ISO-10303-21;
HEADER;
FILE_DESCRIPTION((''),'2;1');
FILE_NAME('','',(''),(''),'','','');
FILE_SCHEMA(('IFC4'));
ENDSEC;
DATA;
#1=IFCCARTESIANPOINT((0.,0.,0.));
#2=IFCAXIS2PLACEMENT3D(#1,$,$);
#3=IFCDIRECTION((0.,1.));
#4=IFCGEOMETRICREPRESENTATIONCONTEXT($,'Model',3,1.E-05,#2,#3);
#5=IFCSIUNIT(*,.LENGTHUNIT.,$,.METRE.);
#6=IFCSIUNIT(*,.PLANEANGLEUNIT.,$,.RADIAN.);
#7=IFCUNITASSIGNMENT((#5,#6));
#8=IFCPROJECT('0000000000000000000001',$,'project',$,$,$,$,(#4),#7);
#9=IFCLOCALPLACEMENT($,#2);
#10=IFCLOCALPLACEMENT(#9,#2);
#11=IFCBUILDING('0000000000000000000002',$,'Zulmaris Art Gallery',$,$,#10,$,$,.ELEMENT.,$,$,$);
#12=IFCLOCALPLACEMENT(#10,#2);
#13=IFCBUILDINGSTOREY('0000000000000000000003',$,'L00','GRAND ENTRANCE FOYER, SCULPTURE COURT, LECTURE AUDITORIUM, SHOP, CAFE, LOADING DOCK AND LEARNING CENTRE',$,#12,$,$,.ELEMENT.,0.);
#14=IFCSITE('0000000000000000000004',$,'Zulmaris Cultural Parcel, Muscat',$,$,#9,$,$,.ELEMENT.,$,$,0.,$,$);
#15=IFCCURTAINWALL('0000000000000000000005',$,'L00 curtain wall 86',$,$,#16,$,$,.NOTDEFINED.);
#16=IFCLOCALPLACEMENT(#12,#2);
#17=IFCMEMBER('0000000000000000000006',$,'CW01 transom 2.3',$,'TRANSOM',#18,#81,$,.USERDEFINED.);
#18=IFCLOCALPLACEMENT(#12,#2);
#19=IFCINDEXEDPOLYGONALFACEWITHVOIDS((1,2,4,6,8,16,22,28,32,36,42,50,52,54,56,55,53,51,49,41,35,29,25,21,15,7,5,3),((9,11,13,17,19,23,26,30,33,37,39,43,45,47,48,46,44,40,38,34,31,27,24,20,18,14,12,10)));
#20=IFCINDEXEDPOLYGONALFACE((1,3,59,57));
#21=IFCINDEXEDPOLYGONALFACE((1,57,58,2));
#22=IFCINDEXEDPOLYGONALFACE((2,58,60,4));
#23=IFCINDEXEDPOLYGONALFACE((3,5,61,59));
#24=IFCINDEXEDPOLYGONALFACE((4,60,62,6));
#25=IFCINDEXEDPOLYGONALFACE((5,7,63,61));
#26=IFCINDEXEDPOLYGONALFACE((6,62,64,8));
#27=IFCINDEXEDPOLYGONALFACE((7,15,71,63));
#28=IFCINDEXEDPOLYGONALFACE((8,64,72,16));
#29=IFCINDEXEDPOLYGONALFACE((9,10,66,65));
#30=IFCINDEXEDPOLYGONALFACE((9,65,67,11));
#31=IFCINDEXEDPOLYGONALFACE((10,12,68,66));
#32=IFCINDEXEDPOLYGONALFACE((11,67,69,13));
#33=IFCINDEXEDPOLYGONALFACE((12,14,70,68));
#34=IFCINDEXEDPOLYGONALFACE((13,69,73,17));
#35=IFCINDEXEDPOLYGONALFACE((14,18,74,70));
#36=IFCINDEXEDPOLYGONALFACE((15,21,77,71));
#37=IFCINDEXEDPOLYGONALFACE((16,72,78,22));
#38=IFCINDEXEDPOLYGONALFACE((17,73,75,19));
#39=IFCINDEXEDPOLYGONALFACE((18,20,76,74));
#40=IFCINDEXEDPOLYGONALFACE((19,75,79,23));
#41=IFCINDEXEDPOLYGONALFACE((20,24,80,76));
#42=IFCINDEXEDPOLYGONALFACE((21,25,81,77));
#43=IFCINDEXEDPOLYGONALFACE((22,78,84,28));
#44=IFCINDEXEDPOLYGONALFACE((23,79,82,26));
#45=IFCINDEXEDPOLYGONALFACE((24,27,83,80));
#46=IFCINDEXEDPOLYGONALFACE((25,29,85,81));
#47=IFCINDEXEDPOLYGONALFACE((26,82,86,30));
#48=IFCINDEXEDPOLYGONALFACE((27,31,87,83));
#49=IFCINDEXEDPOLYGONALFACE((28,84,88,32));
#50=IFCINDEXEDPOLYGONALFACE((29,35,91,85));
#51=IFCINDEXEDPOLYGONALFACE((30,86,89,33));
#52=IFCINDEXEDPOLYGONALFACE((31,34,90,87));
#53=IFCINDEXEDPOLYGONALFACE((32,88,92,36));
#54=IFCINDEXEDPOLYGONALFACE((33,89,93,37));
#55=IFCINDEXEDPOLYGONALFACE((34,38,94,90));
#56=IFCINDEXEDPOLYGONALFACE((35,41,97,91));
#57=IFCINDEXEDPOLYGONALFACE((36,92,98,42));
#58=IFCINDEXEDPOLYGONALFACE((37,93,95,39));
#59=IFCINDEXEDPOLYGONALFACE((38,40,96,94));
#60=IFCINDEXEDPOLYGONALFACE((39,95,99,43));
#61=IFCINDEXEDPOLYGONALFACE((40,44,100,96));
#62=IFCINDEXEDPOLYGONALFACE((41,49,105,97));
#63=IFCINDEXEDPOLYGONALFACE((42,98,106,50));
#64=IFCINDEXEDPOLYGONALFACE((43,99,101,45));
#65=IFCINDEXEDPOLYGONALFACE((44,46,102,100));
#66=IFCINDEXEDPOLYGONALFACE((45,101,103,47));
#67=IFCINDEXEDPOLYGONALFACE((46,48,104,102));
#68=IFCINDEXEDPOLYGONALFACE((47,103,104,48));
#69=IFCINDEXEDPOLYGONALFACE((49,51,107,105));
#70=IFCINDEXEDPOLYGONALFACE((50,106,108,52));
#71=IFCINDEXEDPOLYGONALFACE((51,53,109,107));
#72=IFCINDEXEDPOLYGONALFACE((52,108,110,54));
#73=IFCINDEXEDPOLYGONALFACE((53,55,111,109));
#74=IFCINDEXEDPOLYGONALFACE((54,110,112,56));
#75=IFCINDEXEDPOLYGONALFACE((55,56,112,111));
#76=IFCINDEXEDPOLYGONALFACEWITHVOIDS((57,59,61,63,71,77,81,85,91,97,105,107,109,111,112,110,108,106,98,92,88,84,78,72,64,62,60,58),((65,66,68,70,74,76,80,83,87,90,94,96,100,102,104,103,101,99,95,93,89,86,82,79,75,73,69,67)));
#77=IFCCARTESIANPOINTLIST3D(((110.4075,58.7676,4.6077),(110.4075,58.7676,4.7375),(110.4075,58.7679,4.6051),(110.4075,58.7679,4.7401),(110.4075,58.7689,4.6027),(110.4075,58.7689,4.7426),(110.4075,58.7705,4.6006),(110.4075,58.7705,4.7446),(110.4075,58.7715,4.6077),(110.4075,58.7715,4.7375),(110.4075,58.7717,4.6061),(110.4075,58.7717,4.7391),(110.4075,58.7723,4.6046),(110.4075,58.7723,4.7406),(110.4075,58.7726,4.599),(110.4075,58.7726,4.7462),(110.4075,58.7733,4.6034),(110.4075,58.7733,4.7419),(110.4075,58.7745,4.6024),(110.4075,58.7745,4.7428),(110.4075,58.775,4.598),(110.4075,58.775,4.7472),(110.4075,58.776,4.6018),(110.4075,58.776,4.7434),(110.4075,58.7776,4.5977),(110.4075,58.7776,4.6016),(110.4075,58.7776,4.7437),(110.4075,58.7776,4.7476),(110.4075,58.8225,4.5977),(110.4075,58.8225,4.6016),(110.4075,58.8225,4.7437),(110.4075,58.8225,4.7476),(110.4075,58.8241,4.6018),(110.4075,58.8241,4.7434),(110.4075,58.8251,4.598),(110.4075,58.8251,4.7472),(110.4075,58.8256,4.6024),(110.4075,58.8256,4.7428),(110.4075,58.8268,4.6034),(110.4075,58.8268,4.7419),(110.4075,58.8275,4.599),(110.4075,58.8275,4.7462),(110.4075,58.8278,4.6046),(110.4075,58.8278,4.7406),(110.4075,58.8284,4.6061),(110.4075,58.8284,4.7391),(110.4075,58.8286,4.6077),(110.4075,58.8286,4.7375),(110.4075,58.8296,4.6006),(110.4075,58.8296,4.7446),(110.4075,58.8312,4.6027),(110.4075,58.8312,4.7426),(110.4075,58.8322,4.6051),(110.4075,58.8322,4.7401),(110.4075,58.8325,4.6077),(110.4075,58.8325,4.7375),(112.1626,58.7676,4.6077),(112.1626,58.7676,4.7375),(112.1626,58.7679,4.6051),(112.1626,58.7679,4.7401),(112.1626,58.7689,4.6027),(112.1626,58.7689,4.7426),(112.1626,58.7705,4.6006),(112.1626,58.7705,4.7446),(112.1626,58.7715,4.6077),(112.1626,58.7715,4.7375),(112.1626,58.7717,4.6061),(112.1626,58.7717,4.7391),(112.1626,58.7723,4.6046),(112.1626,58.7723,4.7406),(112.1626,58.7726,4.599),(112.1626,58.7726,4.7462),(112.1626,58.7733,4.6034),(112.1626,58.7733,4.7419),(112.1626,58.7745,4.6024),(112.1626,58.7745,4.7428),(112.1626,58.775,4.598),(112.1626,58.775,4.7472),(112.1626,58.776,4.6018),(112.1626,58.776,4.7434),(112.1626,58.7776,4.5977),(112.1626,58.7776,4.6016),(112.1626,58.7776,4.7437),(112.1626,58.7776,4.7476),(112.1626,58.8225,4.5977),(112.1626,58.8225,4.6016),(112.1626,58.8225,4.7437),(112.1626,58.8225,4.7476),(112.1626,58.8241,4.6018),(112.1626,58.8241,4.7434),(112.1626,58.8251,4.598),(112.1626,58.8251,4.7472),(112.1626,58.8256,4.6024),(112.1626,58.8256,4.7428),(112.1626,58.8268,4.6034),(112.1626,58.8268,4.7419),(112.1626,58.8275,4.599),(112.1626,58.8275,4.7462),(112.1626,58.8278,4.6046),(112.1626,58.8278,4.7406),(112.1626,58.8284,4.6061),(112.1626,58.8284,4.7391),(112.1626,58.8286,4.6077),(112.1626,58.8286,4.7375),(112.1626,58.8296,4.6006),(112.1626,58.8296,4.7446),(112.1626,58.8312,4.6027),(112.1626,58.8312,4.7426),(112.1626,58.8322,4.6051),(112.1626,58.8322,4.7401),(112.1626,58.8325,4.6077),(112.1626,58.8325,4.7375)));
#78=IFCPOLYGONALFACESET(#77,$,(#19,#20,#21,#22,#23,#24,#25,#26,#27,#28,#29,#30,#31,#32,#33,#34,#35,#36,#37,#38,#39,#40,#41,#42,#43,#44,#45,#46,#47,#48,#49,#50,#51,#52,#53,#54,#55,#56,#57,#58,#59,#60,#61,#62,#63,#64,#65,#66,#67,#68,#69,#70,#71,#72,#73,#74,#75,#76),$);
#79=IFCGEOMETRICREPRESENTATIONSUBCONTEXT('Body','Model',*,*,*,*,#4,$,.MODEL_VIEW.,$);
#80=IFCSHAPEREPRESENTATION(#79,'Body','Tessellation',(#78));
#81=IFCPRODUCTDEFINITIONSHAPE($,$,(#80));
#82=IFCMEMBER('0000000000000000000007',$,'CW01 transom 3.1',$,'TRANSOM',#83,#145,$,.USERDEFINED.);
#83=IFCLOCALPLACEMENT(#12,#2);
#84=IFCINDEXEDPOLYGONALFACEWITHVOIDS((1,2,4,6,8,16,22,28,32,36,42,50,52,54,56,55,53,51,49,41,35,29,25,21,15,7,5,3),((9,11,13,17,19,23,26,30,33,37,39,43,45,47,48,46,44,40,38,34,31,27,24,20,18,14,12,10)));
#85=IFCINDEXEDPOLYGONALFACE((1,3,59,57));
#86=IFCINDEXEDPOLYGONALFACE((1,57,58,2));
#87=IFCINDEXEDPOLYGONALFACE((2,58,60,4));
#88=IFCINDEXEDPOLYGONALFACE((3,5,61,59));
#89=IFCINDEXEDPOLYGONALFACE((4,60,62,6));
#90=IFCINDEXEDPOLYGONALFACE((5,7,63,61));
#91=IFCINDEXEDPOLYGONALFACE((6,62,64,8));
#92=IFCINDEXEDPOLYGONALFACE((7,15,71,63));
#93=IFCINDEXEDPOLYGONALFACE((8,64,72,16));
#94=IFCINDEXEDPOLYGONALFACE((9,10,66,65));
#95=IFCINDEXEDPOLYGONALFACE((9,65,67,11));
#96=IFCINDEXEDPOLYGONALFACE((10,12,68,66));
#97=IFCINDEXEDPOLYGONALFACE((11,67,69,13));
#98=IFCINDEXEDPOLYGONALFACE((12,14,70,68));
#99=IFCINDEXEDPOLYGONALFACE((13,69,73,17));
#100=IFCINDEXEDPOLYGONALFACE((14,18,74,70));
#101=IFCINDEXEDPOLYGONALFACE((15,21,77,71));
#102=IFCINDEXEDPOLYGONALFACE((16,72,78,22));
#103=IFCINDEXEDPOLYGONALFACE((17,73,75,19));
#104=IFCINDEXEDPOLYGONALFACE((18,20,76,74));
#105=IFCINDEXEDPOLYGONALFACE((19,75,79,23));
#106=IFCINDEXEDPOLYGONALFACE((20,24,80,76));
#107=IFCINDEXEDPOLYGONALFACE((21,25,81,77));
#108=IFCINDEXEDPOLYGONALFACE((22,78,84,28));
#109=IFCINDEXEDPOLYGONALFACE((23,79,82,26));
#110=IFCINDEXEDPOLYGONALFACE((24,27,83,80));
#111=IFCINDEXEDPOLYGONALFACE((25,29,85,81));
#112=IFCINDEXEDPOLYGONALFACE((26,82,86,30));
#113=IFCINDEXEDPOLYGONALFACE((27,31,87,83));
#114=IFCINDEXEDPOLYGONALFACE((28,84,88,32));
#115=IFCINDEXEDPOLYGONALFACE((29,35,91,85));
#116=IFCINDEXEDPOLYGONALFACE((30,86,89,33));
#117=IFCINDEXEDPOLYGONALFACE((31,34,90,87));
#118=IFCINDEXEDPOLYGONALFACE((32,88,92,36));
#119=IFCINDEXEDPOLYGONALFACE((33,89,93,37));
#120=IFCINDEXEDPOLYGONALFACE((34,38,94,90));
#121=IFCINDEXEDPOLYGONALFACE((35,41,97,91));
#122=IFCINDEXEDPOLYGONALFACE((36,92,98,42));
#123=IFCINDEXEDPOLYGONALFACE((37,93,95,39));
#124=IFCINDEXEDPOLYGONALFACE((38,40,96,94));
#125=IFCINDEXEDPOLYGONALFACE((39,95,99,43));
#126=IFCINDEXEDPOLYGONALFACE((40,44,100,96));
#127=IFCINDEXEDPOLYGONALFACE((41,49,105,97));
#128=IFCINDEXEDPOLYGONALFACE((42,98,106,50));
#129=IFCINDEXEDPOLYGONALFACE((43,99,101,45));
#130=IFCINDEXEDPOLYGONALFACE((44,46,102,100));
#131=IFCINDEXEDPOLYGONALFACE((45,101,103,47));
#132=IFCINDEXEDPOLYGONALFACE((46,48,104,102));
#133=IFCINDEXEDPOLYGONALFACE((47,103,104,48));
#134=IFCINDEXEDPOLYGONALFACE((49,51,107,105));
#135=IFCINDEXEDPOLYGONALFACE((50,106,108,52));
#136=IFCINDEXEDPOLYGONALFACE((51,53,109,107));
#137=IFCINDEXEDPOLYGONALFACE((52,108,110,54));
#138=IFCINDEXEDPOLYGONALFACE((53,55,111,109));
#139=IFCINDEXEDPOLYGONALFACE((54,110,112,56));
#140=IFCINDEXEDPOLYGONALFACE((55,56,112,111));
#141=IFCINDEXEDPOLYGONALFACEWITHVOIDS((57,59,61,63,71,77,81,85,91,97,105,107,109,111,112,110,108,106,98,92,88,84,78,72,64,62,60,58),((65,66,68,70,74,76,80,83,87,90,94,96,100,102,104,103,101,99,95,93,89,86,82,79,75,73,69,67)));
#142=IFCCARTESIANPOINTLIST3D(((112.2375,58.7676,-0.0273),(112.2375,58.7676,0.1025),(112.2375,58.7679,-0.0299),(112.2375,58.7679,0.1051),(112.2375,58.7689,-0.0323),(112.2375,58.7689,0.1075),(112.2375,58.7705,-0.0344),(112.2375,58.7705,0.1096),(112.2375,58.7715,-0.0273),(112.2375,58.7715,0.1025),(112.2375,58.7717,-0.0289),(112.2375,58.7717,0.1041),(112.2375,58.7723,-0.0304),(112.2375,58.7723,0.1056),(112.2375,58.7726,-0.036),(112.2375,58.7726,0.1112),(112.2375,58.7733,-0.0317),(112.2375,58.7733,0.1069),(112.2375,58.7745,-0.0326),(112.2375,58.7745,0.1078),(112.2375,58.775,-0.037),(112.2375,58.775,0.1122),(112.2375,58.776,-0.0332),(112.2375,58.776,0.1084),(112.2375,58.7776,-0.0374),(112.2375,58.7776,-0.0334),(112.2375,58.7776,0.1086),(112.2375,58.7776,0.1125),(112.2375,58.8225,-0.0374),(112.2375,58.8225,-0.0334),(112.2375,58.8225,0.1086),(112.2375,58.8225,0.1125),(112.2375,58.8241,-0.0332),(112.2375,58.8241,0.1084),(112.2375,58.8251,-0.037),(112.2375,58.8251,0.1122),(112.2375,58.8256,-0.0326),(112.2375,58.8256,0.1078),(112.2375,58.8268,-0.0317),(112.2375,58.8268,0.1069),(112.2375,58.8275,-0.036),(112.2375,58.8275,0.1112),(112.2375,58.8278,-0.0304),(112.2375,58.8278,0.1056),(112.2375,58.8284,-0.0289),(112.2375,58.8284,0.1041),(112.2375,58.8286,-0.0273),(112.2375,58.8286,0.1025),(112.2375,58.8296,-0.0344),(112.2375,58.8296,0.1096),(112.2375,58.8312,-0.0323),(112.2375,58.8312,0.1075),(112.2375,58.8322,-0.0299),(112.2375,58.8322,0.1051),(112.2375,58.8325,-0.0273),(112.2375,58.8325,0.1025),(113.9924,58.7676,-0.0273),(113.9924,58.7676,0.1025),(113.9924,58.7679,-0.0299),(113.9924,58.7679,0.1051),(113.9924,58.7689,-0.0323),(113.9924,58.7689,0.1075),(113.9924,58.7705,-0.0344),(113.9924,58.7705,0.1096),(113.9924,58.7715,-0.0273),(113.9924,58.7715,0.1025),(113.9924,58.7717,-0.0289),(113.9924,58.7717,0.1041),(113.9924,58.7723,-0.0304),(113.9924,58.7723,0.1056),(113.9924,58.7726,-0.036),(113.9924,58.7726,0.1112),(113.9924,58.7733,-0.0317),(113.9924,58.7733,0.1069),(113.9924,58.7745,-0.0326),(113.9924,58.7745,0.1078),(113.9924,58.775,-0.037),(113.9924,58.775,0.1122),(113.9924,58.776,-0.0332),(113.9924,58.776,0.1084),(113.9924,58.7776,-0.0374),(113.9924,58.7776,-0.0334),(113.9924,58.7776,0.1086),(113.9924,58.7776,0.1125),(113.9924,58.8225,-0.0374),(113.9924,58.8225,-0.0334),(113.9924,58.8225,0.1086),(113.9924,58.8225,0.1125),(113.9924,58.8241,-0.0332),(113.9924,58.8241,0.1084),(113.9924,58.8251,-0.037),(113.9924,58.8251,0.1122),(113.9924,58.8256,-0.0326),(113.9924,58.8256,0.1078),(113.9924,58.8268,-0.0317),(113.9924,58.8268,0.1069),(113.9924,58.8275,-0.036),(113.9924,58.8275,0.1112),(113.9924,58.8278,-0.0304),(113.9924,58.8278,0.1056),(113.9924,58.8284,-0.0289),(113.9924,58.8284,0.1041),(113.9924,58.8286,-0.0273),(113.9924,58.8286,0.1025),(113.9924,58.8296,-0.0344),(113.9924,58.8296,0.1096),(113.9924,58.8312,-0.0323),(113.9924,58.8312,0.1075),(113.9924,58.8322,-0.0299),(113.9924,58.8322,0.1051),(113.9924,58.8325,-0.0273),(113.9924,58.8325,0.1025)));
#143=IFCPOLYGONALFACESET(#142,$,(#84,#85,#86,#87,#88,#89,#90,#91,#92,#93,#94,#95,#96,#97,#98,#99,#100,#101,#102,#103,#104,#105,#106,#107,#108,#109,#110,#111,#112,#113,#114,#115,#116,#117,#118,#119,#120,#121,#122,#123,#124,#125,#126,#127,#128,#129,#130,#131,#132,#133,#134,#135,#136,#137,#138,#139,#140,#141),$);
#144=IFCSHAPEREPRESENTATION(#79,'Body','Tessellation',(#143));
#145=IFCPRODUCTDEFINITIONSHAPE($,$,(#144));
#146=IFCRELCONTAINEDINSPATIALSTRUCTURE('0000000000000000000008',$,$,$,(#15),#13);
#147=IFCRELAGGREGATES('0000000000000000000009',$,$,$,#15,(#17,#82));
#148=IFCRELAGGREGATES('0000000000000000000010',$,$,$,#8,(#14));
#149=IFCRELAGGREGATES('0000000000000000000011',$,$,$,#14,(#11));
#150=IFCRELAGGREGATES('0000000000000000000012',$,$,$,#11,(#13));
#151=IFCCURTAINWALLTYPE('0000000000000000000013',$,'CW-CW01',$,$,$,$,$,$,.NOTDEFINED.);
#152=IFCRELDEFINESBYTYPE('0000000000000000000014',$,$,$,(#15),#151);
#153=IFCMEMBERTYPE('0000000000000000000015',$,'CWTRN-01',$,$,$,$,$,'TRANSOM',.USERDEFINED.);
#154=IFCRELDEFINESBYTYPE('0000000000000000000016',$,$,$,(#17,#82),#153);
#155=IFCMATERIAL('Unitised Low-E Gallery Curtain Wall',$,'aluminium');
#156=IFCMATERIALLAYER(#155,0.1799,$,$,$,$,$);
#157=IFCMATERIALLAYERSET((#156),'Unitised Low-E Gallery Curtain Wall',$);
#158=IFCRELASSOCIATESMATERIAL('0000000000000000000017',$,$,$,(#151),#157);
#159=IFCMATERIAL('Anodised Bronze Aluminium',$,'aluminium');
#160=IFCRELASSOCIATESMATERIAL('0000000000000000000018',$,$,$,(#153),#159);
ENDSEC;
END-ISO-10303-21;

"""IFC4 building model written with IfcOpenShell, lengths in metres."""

from ifc_helpers import new_model, si_unit, direction, frame, origin, origin_2d, place, context, subcontext, project, spatial, hollow_rectangle, extrude, material, layer, layer_set, material_profile, profile_set, type_object, element, aggregate, save


model = new_model("IFC4")

# Units and contexts
model_context = context("Model", 3, precision=1e-05, world=origin(), true_north=direction((0.0, 1.0)))
body_context = subcontext(model_context, "Body", "Model", "MODEL_VIEW")
ifc_project = project(units=[si_unit("LENGTHUNIT", "METRE"), si_unit("PLANEANGLEUNIT", "RADIAN")], contexts=[model_context])

# Site, building, storey
site_placement = place(None, origin())
site = spatial("IfcSite", under=ifc_project, at=site_placement, Name="Zulmaris Cultural Parcel, Muscat", CompositionType="ELEMENT", RefElevation=0.0)
building_placement = place(site_placement, origin())
building = spatial("IfcBuilding", under=site, at=building_placement, Name="Zulmaris Art Gallery", CompositionType="ELEMENT")
storey_placement = place(building_placement, origin())
storey = spatial("IfcBuildingStorey", under=building, at=storey_placement, Name="L00", Description="GRAND ENTRANCE FOYER, SCULPTURE COURT, LECTURE AUDITORIUM, SHOP, CAFE, LOADING DOCK AND LEARNING CENTRE", CompositionType="ELEMENT", Elevation=0.0)

# Curtain wall, members
ifc_material_1 = material(Name="Unitised Low-E Gallery Curtain Wall", Category="aluminium")
ifc_layer_1 = layer(ifc_material_1, 0.1799)
ifc_layer_set_1 = layer_set([ifc_layer_1], Name="Unitised Low-E Gallery Curtain Wall")
curtain_wall_type = type_object("IfcCurtainWallType", Name="CW-CW01", PredefinedType="NOTDEFINED", material=ifc_layer_set_1)
curtain_wall_placement = place(storey_placement, origin())
curtain_wall = element("IfcCurtainWall", 1, at=curtain_wall_placement, inside=storey, type_object=curtain_wall_type, Name="L00 curtain wall 86", PredefinedType="NOTDEFINED")
ifc_material_2 = material(Name="Anodised Bronze Aluminium", Category="aluminium")
ifc_material_profile_1 = material_profile(ifc_material_2, hollow_rectangle(XDim=0.0649, YDim=0.1499, WallThickness=0.0039, InnerFilletRadius=0.0061, OuterFilletRadius=0.01, at=origin_2d()), Name="ALU 65x150x4")
ifc_profile_set_1 = profile_set([ifc_material_profile_1], Name="Anodised Bronze Aluminium")
member_type_1 = type_object("IfcMemberType", Name="CWTRN-01", ElementType="TRANSOM", PredefinedType="USERDEFINED", material=ifc_profile_set_1)
member_1_placement = place(storey_placement, frame((110.4075, 58.8, 4.6726), z_axis=(1.0, 0.0, 0.0), x_axis=(0.0, 1.0, 0.0)))
member_1 = element("IfcMember", 2, at=member_1_placement, type_object=member_type_1, Name="CW01 transom 2.3", ObjectType="TRANSOM", PredefinedType="USERDEFINED", context=body_context, shape_type="SweptSolid", body=[
    extrude(hollow_rectangle(XDim=0.0649, YDim=0.1499, WallThickness=0.0039, InnerFilletRadius=0.0061, OuterFilletRadius=0.01, at=origin_2d()), origin(), (0.0, 0.0, 1.0), 1.7551),
])
member_2_placement = place(storey_placement, frame((112.2375, 58.8, 0.0376), z_axis=(1.0, 0.0, 0.0), x_axis=(0.0, 1.0, 0.0)))
member_2 = element("IfcMember", 3, at=member_2_placement, type_object=member_type_1, Name="CW01 transom 3.1", ObjectType="TRANSOM", PredefinedType="USERDEFINED", context=body_context, shape_type="SweptSolid", body=[
    extrude(hollow_rectangle(XDim=0.0649, YDim=0.1499, WallThickness=0.0039, InnerFilletRadius=0.0061, OuterFilletRadius=0.01, at=origin_2d()), origin(), (0.0, 0.0, 1.0), 1.7549),
])
aggregate(curtain_wall, [member_1, member_2])

save(model, "model.ifc")
